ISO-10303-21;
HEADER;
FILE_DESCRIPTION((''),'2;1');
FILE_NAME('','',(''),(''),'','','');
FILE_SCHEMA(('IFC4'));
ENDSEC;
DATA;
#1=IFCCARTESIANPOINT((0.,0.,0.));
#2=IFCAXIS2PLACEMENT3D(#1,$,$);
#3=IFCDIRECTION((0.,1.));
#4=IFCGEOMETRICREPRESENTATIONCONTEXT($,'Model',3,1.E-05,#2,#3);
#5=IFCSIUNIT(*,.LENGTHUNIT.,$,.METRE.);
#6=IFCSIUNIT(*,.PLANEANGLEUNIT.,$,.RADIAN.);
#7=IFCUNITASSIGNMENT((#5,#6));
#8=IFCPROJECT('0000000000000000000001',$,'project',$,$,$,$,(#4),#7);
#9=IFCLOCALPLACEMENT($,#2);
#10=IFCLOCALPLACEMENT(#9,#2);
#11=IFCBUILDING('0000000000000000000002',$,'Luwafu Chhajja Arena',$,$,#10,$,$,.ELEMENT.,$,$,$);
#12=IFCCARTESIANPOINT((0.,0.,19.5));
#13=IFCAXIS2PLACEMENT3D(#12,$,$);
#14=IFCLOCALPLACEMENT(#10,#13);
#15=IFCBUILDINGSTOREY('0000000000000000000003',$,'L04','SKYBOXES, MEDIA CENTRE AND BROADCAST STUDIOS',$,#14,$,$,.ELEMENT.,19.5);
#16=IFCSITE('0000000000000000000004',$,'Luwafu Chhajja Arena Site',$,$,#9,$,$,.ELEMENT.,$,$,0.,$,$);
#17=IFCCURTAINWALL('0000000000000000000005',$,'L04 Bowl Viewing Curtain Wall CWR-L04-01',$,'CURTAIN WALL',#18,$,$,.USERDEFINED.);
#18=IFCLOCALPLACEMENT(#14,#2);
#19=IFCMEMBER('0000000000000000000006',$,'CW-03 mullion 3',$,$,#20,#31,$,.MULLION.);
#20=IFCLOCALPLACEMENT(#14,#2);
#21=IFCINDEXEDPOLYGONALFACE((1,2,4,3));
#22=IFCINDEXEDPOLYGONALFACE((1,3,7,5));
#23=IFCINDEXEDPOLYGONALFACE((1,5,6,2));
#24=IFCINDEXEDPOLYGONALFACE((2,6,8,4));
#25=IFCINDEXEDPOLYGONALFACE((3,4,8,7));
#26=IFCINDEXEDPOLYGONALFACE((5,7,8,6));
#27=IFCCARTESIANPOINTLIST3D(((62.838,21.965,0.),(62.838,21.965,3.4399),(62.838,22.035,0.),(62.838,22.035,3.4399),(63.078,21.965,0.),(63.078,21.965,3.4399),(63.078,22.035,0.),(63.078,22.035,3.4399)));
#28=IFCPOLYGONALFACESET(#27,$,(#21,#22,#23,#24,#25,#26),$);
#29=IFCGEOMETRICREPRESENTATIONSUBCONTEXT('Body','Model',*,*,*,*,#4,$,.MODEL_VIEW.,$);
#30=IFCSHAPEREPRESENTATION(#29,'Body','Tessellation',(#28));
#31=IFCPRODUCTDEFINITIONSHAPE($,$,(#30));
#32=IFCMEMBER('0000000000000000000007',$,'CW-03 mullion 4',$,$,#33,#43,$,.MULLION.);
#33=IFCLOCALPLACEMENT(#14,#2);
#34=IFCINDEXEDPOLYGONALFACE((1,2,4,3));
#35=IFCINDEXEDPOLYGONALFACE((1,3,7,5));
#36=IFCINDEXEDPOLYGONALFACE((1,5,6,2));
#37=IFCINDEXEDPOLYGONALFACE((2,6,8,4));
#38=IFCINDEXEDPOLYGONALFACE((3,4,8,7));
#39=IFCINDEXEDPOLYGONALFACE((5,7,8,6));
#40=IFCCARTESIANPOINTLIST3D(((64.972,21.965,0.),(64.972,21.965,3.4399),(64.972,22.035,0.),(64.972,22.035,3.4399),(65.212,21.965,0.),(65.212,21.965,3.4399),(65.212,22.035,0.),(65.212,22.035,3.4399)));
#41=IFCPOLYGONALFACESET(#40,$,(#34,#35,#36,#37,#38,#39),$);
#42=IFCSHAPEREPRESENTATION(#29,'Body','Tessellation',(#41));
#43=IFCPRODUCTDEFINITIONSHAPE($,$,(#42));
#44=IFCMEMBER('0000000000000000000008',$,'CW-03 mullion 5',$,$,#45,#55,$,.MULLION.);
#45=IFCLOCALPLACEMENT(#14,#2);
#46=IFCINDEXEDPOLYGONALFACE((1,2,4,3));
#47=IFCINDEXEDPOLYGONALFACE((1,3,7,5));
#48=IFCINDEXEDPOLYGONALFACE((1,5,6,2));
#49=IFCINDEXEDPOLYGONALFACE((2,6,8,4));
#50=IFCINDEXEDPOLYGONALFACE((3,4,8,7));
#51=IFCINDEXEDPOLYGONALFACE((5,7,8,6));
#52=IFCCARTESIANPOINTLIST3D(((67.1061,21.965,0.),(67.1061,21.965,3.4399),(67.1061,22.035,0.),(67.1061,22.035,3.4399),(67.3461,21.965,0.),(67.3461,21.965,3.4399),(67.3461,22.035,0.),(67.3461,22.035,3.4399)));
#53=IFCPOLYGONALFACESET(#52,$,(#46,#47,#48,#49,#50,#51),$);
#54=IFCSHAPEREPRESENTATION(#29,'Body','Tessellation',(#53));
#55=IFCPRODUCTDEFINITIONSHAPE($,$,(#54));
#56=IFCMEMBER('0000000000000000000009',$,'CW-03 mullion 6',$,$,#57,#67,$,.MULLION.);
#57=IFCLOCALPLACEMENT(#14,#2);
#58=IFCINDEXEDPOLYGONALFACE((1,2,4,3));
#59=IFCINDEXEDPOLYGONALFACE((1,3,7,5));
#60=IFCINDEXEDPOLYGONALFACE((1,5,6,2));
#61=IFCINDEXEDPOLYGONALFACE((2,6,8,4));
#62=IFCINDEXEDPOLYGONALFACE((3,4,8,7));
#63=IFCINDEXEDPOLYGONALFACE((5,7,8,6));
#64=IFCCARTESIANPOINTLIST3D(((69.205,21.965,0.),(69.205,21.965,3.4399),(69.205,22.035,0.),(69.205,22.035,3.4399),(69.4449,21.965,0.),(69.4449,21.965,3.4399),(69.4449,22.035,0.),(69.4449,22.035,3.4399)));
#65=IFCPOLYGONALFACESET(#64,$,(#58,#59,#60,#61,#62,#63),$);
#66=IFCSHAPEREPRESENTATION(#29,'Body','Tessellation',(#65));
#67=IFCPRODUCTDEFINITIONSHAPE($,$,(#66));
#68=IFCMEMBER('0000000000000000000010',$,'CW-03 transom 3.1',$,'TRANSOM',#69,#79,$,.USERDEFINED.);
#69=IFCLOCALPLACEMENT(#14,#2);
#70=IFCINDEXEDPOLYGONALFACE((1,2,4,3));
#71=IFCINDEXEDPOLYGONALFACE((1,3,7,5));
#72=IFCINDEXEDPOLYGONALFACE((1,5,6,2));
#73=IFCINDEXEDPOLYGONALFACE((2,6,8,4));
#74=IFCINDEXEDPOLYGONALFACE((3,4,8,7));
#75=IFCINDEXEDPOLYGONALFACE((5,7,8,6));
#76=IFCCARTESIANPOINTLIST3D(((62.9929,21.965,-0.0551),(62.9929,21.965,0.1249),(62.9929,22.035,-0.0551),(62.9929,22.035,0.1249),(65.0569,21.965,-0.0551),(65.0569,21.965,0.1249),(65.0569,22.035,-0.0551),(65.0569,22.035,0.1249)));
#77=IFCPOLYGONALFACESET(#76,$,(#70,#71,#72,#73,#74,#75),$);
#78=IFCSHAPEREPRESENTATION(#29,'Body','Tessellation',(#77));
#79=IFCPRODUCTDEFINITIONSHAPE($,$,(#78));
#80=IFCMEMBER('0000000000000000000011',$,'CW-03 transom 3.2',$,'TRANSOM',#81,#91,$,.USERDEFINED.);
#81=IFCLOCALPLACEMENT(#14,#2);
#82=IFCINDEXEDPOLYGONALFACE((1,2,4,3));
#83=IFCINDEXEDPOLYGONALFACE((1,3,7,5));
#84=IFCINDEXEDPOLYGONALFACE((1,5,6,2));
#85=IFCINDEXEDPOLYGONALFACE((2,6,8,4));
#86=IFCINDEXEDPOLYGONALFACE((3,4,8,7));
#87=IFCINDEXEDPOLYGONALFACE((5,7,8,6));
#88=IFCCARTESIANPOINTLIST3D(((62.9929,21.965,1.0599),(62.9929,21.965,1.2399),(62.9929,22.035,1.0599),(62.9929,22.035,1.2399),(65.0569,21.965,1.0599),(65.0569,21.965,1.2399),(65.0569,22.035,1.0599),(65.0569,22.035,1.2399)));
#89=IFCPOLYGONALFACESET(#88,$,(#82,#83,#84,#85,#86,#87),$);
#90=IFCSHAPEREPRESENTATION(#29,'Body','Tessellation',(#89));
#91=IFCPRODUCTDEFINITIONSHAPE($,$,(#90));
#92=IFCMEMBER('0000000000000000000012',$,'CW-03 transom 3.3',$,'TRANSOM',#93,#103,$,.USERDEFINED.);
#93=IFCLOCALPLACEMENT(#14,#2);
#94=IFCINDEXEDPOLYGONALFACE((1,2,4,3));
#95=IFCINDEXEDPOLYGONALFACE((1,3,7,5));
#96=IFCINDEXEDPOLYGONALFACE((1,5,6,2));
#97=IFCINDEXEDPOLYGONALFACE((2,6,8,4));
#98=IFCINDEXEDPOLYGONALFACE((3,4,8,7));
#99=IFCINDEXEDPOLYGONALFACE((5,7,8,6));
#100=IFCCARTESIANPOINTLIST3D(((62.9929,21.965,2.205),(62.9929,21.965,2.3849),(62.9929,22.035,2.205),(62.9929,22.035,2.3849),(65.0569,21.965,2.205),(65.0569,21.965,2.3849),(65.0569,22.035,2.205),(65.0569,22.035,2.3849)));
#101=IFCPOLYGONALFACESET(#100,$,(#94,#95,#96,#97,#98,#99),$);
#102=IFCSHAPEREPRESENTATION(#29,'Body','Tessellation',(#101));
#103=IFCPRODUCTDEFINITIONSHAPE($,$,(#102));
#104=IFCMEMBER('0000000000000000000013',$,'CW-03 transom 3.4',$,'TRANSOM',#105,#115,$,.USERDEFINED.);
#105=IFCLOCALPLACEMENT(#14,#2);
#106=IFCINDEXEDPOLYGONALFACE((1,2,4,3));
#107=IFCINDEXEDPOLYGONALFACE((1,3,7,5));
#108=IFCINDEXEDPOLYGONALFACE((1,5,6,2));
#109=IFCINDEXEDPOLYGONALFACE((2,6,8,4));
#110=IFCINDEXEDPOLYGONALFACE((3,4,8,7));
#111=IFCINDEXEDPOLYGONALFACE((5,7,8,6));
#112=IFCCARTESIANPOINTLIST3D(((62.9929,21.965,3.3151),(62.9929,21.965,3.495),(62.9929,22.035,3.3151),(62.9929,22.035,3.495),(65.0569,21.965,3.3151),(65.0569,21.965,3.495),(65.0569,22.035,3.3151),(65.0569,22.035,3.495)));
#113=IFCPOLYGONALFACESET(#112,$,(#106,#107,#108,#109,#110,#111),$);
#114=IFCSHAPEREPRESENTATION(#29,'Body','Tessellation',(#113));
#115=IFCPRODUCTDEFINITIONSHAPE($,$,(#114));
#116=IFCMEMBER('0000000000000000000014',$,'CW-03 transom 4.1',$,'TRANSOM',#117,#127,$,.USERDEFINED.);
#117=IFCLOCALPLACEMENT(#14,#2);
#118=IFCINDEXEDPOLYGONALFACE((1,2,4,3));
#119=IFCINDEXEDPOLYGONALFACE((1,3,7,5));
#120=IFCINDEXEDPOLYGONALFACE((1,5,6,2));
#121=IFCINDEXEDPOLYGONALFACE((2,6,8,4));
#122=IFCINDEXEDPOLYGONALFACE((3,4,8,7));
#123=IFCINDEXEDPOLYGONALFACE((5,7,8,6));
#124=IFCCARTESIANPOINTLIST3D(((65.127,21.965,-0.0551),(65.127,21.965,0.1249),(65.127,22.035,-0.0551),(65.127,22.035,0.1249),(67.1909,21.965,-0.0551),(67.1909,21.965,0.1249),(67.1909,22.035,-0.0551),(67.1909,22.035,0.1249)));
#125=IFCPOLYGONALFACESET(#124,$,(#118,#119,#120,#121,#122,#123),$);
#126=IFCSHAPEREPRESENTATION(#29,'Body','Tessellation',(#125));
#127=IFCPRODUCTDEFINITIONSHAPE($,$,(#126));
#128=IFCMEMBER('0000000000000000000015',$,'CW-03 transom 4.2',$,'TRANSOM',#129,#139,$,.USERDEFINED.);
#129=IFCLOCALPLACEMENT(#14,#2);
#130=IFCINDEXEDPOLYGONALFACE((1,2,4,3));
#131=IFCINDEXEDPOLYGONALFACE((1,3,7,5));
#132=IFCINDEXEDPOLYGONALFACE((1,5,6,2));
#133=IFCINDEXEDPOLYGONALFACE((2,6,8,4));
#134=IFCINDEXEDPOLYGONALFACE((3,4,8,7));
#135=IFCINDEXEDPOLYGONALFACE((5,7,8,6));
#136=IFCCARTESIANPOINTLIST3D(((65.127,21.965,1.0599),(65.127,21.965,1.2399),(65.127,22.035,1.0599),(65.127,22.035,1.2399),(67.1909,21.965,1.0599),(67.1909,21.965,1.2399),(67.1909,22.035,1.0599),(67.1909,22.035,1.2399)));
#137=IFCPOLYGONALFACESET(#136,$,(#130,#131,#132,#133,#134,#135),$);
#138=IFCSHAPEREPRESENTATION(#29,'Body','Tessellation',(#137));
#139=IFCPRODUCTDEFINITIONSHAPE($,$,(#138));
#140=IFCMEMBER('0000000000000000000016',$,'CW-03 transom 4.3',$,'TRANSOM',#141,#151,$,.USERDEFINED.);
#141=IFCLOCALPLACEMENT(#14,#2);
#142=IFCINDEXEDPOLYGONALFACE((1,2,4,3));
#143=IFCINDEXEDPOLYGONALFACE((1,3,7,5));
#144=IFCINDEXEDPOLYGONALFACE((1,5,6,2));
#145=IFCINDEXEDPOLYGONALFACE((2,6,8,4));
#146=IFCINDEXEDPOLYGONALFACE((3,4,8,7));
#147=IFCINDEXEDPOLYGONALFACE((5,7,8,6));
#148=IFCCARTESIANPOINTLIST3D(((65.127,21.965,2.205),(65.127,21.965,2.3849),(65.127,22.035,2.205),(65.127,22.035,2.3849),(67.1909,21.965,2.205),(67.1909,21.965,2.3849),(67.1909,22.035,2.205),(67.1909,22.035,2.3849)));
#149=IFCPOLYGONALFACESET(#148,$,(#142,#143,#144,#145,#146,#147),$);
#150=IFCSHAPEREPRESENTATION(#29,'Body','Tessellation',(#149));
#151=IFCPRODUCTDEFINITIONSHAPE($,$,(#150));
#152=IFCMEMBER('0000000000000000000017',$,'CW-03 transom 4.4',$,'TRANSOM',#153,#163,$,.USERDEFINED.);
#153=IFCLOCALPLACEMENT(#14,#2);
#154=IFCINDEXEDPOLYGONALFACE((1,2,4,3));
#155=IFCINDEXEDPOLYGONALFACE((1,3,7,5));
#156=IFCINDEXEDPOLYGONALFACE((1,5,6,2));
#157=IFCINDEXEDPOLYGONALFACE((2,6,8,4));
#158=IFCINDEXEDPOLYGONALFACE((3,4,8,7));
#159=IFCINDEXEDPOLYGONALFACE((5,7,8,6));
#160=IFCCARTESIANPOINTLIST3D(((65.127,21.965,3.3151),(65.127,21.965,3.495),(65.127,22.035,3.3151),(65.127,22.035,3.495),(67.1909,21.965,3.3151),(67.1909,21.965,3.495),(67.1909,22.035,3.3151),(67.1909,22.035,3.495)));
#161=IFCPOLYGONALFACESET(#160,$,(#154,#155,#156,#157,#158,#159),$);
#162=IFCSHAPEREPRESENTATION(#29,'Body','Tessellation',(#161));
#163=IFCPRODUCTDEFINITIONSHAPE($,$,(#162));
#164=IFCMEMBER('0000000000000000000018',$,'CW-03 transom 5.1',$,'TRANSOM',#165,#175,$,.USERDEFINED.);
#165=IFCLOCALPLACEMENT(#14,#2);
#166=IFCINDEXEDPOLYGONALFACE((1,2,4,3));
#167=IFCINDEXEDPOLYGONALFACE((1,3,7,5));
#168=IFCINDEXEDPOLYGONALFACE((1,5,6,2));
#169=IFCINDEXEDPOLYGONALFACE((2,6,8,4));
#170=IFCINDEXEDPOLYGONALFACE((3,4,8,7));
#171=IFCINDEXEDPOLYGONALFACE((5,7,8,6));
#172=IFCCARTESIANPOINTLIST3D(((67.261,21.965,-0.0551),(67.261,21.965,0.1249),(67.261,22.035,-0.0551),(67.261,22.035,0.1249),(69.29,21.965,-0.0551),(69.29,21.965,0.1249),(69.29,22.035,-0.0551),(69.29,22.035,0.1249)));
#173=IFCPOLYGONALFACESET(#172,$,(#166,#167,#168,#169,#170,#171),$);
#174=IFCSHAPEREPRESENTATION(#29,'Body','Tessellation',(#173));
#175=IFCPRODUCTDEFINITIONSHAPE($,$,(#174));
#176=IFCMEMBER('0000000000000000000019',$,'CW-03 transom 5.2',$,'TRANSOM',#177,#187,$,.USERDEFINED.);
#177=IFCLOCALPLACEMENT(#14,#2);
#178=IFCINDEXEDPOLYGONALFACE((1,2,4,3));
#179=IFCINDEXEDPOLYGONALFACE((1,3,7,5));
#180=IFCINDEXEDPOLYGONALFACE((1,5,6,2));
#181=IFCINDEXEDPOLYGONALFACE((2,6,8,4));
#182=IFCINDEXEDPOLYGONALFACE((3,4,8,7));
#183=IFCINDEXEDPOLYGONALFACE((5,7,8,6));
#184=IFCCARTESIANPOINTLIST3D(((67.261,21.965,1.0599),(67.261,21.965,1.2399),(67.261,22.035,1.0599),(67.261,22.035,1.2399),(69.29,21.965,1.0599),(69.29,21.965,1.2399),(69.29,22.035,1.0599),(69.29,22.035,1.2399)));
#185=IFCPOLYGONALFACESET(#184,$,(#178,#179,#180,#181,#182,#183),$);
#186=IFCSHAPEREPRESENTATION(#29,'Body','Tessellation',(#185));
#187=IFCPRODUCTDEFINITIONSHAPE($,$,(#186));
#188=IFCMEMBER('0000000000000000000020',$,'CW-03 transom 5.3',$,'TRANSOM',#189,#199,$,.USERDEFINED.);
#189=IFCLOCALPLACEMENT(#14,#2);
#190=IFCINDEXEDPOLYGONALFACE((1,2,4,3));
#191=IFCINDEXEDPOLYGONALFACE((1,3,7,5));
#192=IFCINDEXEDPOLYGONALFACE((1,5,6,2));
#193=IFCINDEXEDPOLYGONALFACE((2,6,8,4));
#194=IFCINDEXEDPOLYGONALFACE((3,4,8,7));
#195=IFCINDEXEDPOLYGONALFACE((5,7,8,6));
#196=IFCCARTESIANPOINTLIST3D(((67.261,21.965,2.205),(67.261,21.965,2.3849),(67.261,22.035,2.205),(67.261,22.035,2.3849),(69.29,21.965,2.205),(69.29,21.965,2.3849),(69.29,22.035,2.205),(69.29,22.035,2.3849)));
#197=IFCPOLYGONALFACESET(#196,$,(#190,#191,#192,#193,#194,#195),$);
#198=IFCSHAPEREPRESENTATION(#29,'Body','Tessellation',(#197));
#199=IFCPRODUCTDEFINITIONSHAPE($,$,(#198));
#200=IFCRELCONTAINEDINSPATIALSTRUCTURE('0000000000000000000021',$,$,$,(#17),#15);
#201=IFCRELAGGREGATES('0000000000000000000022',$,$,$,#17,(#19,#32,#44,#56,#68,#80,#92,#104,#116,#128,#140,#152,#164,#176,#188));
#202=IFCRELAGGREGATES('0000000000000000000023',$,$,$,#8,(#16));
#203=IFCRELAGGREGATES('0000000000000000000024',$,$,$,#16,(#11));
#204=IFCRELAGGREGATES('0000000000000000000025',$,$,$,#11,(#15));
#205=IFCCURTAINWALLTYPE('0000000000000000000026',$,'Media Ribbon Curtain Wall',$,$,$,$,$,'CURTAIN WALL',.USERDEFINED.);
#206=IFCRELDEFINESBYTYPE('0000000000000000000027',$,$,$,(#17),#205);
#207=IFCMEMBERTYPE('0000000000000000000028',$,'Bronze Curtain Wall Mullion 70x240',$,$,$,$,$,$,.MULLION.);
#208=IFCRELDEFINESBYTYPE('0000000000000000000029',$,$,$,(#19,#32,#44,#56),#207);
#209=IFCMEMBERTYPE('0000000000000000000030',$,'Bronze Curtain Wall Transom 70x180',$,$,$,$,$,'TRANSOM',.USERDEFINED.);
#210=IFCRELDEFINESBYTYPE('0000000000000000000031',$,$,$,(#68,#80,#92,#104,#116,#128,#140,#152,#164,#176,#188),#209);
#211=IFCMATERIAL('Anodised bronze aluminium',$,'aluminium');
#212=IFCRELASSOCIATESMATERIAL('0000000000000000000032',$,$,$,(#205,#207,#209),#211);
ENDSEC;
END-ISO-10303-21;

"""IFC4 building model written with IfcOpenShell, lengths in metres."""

from ifc_helpers import new_model, si_unit, direction, frame, origin, origin_2d, place, context, subcontext, project, spatial, rectangle, extrude, material, material_profile, profile_set, type_object, element, aggregate, save


model = new_model("IFC4")

# Units and contexts
model_context = context("Model", 3, precision=1e-05, world=origin(), true_north=direction((0.0, 1.0)))
body_context = subcontext(model_context, "Body", "Model", "MODEL_VIEW")
ifc_project = project(units=[si_unit("LENGTHUNIT", "METRE"), si_unit("PLANEANGLEUNIT", "RADIAN")], contexts=[model_context])

# Site, building, storey
site_placement = place(None, origin())
site = spatial("IfcSite", under=ifc_project, at=site_placement, Name="Luwafu Chhajja Arena Site", CompositionType="ELEMENT", RefElevation=0.0)
building_placement = place(site_placement, origin())
building = spatial("IfcBuilding", under=site, at=building_placement, Name="Luwafu Chhajja Arena", CompositionType="ELEMENT")
storey_placement = place(building_placement, frame((0.0, 0.0, 19.5)))
storey = spatial("IfcBuildingStorey", under=building, at=storey_placement, Name="L04", Description="SKYBOXES, MEDIA CENTRE AND BROADCAST STUDIOS", CompositionType="ELEMENT", Elevation=19.5)

# Curtain wall, members
ifc_material_1 = material(Name="Anodised bronze aluminium", Category="aluminium")
curtain_wall_type = type_object("IfcCurtainWallType", Name="Media Ribbon Curtain Wall", ElementType="CURTAIN WALL", PredefinedType="USERDEFINED", material=ifc_material_1)
curtain_wall_placement = place(storey_placement, origin())
curtain_wall = element("IfcCurtainWall", 1, at=curtain_wall_placement, inside=storey, type_object=curtain_wall_type, Name="L04 Bowl Viewing Curtain Wall CWR-L04-01", ObjectType="CURTAIN WALL", PredefinedType="USERDEFINED")
ifc_material_profile_1 = material_profile(ifc_material_1, rectangle(XDim=0.0701, YDim=0.24, at=origin_2d()), Name="CWM 70x240")
ifc_profile_set_1 = profile_set([ifc_material_profile_1], Name="Anodised bronze aluminium")
member_type_1 = type_object("IfcMemberType", Name="Bronze Curtain Wall Mullion 70x240", PredefinedType="MULLION", material=ifc_profile_set_1)
member_1_placement = place(storey_placement, frame((62.958, 22.0, 0.0), z_axis=(0.0, 0.0, 1.0), x_axis=(0.0, 1.0, 0.0)))
member_1 = element("IfcMember", 2, at=member_1_placement, type_object=member_type_1, Name="CW-03 mullion 3", PredefinedType="MULLION", context=body_context, shape_type="SweptSolid", body=[
    extrude(rectangle(XDim=0.0701, YDim=0.24, at=origin_2d()), origin(), (0.0, 0.0, 1.0), 3.4399),
])
member_2_placement = place(storey_placement, frame((65.092, 22.0, 0.0), z_axis=(0.0, 0.0, 1.0), x_axis=(0.0, 1.0, 0.0)))
member_2 = element("IfcMember", 3, at=member_2_placement, type_object=member_type_1, Name="CW-03 mullion 4", PredefinedType="MULLION", context=body_context, shape_type="SweptSolid", body=[
    extrude(rectangle(XDim=0.0701, YDim=0.24, at=origin_2d()), origin(), (0.0, 0.0, 1.0), 3.4399),
])
member_3_placement = place(storey_placement, frame((67.2261, 22.0, 0.0), z_axis=(0.0, 0.0, 1.0), x_axis=(0.0, 1.0, 0.0)))
member_3 = element("IfcMember", 4, at=member_3_placement, type_object=member_type_1, Name="CW-03 mullion 5", PredefinedType="MULLION", context=body_context, shape_type="SweptSolid", body=[
    extrude(rectangle(XDim=0.0701, YDim=0.24, at=origin_2d()), origin(), (0.0, 0.0, 1.0), 3.4399),
])
member_4_placement = place(storey_placement, frame((69.325, 22.0, 0.0), z_axis=(0.0, 0.0, 1.0), x_axis=(0.0, 1.0, 0.0)))
member_4 = element("IfcMember", 5, at=member_4_placement, type_object=member_type_1, Name="CW-03 mullion 6", PredefinedType="MULLION", context=body_context, shape_type="SweptSolid", body=[
    extrude(rectangle(XDim=0.0701, YDim=0.24, at=origin_2d()), origin(), (0.0, 0.0, 1.0), 3.4399),
])
ifc_material_profile_2 = material_profile(ifc_material_1, rectangle(XDim=0.0701, YDim=0.1799, at=origin_2d()), Name="CWT 70x180")
ifc_profile_set_2 = profile_set([ifc_material_profile_2], Name="Anodised bronze aluminium")
member_type_2 = type_object("IfcMemberType", Name="Bronze Curtain Wall Transom 70x180", ElementType="TRANSOM", PredefinedType="USERDEFINED", material=ifc_profile_set_2)
member_5_placement = place(storey_placement, frame((62.9929, 22.0, 0.0349), z_axis=(1.0, 0.0, 0.0), x_axis=(0.0, 1.0, 0.0)))
member_5 = element("IfcMember", 6, at=member_5_placement, type_object=member_type_2, Name="CW-03 transom 3.1", ObjectType="TRANSOM", PredefinedType="USERDEFINED", context=body_context, shape_type="SweptSolid", body=[
    extrude(rectangle(XDim=0.0701, YDim=0.1799, at=origin_2d()), origin(), (0.0, 0.0, 1.0), 2.064),
])
member_6_placement = place(storey_placement, frame((62.9929, 22.0, 1.1499), z_axis=(1.0, 0.0, 0.0), x_axis=(0.0, 1.0, 0.0)))
member_6 = element("IfcMember", 7, at=member_6_placement, type_object=member_type_2, Name="CW-03 transom 3.2", ObjectType="TRANSOM", PredefinedType="USERDEFINED", context=body_context, shape_type="SweptSolid", body=[
    extrude(rectangle(XDim=0.0701, YDim=0.1799, at=origin_2d()), origin(), (0.0, 0.0, 1.0), 2.064),
])
member_7_placement = place(storey_placement, frame((62.9929, 22.0, 2.2949), z_axis=(1.0, 0.0, 0.0), x_axis=(0.0, 1.0, 0.0)))
member_7 = element("IfcMember", 8, at=member_7_placement, type_object=member_type_2, Name="CW-03 transom 3.3", ObjectType="TRANSOM", PredefinedType="USERDEFINED", context=body_context, shape_type="SweptSolid", body=[
    extrude(rectangle(XDim=0.0701, YDim=0.1799, at=origin_2d()), origin(), (0.0, 0.0, 1.0), 2.064),
])
member_8_placement = place(storey_placement, frame((62.9929, 22.0, 3.405), z_axis=(1.0, 0.0, 0.0), x_axis=(0.0, 1.0, 0.0)))
member_8 = element("IfcMember", 9, at=member_8_placement, type_object=member_type_2, Name="CW-03 transom 3.4", ObjectType="TRANSOM", PredefinedType="USERDEFINED", context=body_context, shape_type="SweptSolid", body=[
    extrude(rectangle(XDim=0.0701, YDim=0.1799, at=origin_2d()), origin(), (0.0, 0.0, 1.0), 2.064),
])
member_9_placement = place(storey_placement, frame((65.127, 22.0, 0.0349), z_axis=(1.0, 0.0, 0.0), x_axis=(0.0, 1.0, 0.0)))
member_9 = element("IfcMember", 10, at=member_9_placement, type_object=member_type_2, Name="CW-03 transom 4.1", ObjectType="TRANSOM", PredefinedType="USERDEFINED", context=body_context, shape_type="SweptSolid", body=[
    extrude(rectangle(XDim=0.0701, YDim=0.1799, at=origin_2d()), origin(), (0.0, 0.0, 1.0), 2.064),
])
member_10_placement = place(storey_placement, frame((65.127, 22.0, 1.1499), z_axis=(1.0, 0.0, 0.0), x_axis=(0.0, 1.0, 0.0)))
member_10 = element("IfcMember", 11, at=member_10_placement, type_object=member_type_2, Name="CW-03 transom 4.2", ObjectType="TRANSOM", PredefinedType="USERDEFINED", context=body_context, shape_type="SweptSolid", body=[
    extrude(rectangle(XDim=0.0701, YDim=0.1799, at=origin_2d()), origin(), (0.0, 0.0, 1.0), 2.064),
])
member_11_placement = place(storey_placement, frame((65.127, 22.0, 2.2949), z_axis=(1.0, 0.0, 0.0), x_axis=(0.0, 1.0, 0.0)))
member_11 = element("IfcMember", 12, at=member_11_placement, type_object=member_type_2, Name="CW-03 transom 4.3", ObjectType="TRANSOM", PredefinedType="USERDEFINED", context=body_context, shape_type="SweptSolid", body=[
    extrude(rectangle(XDim=0.0701, YDim=0.1799, at=origin_2d()), origin(), (0.0, 0.0, 1.0), 2.064),
])
member_12_placement = place(storey_placement, frame((65.127, 22.0, 3.405), z_axis=(1.0, 0.0, 0.0), x_axis=(0.0, 1.0, 0.0)))
member_12 = element("IfcMember", 13, at=member_12_placement, type_object=member_type_2, Name="CW-03 transom 4.4", ObjectType="TRANSOM", PredefinedType="USERDEFINED", context=body_context, shape_type="SweptSolid", body=[
    extrude(rectangle(XDim=0.0701, YDim=0.1799, at=origin_2d()), origin(), (0.0, 0.0, 1.0), 2.064),
])
member_13_placement = place(storey_placement, frame((67.261, 22.0, 0.0349), z_axis=(1.0, 0.0, 0.0), x_axis=(0.0, 1.0, 0.0)))
member_13 = element("IfcMember", 14, at=member_13_placement, type_object=member_type_2, Name="CW-03 transom 5.1", ObjectType="TRANSOM", PredefinedType="USERDEFINED", context=body_context, shape_type="SweptSolid", body=[
    extrude(rectangle(XDim=0.0701, YDim=0.1799, at=origin_2d()), origin(), (0.0, 0.0, 1.0), 2.0291),
])
member_14_placement = place(storey_placement, frame((67.261, 22.0, 1.1499), z_axis=(1.0, 0.0, 0.0), x_axis=(0.0, 1.0, 0.0)))
member_14 = element("IfcMember", 15, at=member_14_placement, type_object=member_type_2, Name="CW-03 transom 5.2", ObjectType="TRANSOM", PredefinedType="USERDEFINED", context=body_context, shape_type="SweptSolid", body=[
    extrude(rectangle(XDim=0.0701, YDim=0.1799, at=origin_2d()), origin(), (0.0, 0.0, 1.0), 2.0291),
])
member_15_placement = place(storey_placement, frame((67.261, 22.0, 2.2949), z_axis=(1.0, 0.0, 0.0), x_axis=(0.0, 1.0, 0.0)))
member_15 = element("IfcMember", 16, at=member_15_placement, type_object=member_type_2, Name="CW-03 transom 5.3", ObjectType="TRANSOM", PredefinedType="USERDEFINED", context=body_context, shape_type="SweptSolid", body=[
    extrude(rectangle(XDim=0.0701, YDim=0.1799, at=origin_2d()), origin(), (0.0, 0.0, 1.0), 2.0291),
])
aggregate(curtain_wall, [member_1, member_2, member_3, member_4, member_5, member_6, member_7, member_8, member_9, member_10, member_11, member_12, member_13, member_14, member_15])

save(model, "model.ifc")
